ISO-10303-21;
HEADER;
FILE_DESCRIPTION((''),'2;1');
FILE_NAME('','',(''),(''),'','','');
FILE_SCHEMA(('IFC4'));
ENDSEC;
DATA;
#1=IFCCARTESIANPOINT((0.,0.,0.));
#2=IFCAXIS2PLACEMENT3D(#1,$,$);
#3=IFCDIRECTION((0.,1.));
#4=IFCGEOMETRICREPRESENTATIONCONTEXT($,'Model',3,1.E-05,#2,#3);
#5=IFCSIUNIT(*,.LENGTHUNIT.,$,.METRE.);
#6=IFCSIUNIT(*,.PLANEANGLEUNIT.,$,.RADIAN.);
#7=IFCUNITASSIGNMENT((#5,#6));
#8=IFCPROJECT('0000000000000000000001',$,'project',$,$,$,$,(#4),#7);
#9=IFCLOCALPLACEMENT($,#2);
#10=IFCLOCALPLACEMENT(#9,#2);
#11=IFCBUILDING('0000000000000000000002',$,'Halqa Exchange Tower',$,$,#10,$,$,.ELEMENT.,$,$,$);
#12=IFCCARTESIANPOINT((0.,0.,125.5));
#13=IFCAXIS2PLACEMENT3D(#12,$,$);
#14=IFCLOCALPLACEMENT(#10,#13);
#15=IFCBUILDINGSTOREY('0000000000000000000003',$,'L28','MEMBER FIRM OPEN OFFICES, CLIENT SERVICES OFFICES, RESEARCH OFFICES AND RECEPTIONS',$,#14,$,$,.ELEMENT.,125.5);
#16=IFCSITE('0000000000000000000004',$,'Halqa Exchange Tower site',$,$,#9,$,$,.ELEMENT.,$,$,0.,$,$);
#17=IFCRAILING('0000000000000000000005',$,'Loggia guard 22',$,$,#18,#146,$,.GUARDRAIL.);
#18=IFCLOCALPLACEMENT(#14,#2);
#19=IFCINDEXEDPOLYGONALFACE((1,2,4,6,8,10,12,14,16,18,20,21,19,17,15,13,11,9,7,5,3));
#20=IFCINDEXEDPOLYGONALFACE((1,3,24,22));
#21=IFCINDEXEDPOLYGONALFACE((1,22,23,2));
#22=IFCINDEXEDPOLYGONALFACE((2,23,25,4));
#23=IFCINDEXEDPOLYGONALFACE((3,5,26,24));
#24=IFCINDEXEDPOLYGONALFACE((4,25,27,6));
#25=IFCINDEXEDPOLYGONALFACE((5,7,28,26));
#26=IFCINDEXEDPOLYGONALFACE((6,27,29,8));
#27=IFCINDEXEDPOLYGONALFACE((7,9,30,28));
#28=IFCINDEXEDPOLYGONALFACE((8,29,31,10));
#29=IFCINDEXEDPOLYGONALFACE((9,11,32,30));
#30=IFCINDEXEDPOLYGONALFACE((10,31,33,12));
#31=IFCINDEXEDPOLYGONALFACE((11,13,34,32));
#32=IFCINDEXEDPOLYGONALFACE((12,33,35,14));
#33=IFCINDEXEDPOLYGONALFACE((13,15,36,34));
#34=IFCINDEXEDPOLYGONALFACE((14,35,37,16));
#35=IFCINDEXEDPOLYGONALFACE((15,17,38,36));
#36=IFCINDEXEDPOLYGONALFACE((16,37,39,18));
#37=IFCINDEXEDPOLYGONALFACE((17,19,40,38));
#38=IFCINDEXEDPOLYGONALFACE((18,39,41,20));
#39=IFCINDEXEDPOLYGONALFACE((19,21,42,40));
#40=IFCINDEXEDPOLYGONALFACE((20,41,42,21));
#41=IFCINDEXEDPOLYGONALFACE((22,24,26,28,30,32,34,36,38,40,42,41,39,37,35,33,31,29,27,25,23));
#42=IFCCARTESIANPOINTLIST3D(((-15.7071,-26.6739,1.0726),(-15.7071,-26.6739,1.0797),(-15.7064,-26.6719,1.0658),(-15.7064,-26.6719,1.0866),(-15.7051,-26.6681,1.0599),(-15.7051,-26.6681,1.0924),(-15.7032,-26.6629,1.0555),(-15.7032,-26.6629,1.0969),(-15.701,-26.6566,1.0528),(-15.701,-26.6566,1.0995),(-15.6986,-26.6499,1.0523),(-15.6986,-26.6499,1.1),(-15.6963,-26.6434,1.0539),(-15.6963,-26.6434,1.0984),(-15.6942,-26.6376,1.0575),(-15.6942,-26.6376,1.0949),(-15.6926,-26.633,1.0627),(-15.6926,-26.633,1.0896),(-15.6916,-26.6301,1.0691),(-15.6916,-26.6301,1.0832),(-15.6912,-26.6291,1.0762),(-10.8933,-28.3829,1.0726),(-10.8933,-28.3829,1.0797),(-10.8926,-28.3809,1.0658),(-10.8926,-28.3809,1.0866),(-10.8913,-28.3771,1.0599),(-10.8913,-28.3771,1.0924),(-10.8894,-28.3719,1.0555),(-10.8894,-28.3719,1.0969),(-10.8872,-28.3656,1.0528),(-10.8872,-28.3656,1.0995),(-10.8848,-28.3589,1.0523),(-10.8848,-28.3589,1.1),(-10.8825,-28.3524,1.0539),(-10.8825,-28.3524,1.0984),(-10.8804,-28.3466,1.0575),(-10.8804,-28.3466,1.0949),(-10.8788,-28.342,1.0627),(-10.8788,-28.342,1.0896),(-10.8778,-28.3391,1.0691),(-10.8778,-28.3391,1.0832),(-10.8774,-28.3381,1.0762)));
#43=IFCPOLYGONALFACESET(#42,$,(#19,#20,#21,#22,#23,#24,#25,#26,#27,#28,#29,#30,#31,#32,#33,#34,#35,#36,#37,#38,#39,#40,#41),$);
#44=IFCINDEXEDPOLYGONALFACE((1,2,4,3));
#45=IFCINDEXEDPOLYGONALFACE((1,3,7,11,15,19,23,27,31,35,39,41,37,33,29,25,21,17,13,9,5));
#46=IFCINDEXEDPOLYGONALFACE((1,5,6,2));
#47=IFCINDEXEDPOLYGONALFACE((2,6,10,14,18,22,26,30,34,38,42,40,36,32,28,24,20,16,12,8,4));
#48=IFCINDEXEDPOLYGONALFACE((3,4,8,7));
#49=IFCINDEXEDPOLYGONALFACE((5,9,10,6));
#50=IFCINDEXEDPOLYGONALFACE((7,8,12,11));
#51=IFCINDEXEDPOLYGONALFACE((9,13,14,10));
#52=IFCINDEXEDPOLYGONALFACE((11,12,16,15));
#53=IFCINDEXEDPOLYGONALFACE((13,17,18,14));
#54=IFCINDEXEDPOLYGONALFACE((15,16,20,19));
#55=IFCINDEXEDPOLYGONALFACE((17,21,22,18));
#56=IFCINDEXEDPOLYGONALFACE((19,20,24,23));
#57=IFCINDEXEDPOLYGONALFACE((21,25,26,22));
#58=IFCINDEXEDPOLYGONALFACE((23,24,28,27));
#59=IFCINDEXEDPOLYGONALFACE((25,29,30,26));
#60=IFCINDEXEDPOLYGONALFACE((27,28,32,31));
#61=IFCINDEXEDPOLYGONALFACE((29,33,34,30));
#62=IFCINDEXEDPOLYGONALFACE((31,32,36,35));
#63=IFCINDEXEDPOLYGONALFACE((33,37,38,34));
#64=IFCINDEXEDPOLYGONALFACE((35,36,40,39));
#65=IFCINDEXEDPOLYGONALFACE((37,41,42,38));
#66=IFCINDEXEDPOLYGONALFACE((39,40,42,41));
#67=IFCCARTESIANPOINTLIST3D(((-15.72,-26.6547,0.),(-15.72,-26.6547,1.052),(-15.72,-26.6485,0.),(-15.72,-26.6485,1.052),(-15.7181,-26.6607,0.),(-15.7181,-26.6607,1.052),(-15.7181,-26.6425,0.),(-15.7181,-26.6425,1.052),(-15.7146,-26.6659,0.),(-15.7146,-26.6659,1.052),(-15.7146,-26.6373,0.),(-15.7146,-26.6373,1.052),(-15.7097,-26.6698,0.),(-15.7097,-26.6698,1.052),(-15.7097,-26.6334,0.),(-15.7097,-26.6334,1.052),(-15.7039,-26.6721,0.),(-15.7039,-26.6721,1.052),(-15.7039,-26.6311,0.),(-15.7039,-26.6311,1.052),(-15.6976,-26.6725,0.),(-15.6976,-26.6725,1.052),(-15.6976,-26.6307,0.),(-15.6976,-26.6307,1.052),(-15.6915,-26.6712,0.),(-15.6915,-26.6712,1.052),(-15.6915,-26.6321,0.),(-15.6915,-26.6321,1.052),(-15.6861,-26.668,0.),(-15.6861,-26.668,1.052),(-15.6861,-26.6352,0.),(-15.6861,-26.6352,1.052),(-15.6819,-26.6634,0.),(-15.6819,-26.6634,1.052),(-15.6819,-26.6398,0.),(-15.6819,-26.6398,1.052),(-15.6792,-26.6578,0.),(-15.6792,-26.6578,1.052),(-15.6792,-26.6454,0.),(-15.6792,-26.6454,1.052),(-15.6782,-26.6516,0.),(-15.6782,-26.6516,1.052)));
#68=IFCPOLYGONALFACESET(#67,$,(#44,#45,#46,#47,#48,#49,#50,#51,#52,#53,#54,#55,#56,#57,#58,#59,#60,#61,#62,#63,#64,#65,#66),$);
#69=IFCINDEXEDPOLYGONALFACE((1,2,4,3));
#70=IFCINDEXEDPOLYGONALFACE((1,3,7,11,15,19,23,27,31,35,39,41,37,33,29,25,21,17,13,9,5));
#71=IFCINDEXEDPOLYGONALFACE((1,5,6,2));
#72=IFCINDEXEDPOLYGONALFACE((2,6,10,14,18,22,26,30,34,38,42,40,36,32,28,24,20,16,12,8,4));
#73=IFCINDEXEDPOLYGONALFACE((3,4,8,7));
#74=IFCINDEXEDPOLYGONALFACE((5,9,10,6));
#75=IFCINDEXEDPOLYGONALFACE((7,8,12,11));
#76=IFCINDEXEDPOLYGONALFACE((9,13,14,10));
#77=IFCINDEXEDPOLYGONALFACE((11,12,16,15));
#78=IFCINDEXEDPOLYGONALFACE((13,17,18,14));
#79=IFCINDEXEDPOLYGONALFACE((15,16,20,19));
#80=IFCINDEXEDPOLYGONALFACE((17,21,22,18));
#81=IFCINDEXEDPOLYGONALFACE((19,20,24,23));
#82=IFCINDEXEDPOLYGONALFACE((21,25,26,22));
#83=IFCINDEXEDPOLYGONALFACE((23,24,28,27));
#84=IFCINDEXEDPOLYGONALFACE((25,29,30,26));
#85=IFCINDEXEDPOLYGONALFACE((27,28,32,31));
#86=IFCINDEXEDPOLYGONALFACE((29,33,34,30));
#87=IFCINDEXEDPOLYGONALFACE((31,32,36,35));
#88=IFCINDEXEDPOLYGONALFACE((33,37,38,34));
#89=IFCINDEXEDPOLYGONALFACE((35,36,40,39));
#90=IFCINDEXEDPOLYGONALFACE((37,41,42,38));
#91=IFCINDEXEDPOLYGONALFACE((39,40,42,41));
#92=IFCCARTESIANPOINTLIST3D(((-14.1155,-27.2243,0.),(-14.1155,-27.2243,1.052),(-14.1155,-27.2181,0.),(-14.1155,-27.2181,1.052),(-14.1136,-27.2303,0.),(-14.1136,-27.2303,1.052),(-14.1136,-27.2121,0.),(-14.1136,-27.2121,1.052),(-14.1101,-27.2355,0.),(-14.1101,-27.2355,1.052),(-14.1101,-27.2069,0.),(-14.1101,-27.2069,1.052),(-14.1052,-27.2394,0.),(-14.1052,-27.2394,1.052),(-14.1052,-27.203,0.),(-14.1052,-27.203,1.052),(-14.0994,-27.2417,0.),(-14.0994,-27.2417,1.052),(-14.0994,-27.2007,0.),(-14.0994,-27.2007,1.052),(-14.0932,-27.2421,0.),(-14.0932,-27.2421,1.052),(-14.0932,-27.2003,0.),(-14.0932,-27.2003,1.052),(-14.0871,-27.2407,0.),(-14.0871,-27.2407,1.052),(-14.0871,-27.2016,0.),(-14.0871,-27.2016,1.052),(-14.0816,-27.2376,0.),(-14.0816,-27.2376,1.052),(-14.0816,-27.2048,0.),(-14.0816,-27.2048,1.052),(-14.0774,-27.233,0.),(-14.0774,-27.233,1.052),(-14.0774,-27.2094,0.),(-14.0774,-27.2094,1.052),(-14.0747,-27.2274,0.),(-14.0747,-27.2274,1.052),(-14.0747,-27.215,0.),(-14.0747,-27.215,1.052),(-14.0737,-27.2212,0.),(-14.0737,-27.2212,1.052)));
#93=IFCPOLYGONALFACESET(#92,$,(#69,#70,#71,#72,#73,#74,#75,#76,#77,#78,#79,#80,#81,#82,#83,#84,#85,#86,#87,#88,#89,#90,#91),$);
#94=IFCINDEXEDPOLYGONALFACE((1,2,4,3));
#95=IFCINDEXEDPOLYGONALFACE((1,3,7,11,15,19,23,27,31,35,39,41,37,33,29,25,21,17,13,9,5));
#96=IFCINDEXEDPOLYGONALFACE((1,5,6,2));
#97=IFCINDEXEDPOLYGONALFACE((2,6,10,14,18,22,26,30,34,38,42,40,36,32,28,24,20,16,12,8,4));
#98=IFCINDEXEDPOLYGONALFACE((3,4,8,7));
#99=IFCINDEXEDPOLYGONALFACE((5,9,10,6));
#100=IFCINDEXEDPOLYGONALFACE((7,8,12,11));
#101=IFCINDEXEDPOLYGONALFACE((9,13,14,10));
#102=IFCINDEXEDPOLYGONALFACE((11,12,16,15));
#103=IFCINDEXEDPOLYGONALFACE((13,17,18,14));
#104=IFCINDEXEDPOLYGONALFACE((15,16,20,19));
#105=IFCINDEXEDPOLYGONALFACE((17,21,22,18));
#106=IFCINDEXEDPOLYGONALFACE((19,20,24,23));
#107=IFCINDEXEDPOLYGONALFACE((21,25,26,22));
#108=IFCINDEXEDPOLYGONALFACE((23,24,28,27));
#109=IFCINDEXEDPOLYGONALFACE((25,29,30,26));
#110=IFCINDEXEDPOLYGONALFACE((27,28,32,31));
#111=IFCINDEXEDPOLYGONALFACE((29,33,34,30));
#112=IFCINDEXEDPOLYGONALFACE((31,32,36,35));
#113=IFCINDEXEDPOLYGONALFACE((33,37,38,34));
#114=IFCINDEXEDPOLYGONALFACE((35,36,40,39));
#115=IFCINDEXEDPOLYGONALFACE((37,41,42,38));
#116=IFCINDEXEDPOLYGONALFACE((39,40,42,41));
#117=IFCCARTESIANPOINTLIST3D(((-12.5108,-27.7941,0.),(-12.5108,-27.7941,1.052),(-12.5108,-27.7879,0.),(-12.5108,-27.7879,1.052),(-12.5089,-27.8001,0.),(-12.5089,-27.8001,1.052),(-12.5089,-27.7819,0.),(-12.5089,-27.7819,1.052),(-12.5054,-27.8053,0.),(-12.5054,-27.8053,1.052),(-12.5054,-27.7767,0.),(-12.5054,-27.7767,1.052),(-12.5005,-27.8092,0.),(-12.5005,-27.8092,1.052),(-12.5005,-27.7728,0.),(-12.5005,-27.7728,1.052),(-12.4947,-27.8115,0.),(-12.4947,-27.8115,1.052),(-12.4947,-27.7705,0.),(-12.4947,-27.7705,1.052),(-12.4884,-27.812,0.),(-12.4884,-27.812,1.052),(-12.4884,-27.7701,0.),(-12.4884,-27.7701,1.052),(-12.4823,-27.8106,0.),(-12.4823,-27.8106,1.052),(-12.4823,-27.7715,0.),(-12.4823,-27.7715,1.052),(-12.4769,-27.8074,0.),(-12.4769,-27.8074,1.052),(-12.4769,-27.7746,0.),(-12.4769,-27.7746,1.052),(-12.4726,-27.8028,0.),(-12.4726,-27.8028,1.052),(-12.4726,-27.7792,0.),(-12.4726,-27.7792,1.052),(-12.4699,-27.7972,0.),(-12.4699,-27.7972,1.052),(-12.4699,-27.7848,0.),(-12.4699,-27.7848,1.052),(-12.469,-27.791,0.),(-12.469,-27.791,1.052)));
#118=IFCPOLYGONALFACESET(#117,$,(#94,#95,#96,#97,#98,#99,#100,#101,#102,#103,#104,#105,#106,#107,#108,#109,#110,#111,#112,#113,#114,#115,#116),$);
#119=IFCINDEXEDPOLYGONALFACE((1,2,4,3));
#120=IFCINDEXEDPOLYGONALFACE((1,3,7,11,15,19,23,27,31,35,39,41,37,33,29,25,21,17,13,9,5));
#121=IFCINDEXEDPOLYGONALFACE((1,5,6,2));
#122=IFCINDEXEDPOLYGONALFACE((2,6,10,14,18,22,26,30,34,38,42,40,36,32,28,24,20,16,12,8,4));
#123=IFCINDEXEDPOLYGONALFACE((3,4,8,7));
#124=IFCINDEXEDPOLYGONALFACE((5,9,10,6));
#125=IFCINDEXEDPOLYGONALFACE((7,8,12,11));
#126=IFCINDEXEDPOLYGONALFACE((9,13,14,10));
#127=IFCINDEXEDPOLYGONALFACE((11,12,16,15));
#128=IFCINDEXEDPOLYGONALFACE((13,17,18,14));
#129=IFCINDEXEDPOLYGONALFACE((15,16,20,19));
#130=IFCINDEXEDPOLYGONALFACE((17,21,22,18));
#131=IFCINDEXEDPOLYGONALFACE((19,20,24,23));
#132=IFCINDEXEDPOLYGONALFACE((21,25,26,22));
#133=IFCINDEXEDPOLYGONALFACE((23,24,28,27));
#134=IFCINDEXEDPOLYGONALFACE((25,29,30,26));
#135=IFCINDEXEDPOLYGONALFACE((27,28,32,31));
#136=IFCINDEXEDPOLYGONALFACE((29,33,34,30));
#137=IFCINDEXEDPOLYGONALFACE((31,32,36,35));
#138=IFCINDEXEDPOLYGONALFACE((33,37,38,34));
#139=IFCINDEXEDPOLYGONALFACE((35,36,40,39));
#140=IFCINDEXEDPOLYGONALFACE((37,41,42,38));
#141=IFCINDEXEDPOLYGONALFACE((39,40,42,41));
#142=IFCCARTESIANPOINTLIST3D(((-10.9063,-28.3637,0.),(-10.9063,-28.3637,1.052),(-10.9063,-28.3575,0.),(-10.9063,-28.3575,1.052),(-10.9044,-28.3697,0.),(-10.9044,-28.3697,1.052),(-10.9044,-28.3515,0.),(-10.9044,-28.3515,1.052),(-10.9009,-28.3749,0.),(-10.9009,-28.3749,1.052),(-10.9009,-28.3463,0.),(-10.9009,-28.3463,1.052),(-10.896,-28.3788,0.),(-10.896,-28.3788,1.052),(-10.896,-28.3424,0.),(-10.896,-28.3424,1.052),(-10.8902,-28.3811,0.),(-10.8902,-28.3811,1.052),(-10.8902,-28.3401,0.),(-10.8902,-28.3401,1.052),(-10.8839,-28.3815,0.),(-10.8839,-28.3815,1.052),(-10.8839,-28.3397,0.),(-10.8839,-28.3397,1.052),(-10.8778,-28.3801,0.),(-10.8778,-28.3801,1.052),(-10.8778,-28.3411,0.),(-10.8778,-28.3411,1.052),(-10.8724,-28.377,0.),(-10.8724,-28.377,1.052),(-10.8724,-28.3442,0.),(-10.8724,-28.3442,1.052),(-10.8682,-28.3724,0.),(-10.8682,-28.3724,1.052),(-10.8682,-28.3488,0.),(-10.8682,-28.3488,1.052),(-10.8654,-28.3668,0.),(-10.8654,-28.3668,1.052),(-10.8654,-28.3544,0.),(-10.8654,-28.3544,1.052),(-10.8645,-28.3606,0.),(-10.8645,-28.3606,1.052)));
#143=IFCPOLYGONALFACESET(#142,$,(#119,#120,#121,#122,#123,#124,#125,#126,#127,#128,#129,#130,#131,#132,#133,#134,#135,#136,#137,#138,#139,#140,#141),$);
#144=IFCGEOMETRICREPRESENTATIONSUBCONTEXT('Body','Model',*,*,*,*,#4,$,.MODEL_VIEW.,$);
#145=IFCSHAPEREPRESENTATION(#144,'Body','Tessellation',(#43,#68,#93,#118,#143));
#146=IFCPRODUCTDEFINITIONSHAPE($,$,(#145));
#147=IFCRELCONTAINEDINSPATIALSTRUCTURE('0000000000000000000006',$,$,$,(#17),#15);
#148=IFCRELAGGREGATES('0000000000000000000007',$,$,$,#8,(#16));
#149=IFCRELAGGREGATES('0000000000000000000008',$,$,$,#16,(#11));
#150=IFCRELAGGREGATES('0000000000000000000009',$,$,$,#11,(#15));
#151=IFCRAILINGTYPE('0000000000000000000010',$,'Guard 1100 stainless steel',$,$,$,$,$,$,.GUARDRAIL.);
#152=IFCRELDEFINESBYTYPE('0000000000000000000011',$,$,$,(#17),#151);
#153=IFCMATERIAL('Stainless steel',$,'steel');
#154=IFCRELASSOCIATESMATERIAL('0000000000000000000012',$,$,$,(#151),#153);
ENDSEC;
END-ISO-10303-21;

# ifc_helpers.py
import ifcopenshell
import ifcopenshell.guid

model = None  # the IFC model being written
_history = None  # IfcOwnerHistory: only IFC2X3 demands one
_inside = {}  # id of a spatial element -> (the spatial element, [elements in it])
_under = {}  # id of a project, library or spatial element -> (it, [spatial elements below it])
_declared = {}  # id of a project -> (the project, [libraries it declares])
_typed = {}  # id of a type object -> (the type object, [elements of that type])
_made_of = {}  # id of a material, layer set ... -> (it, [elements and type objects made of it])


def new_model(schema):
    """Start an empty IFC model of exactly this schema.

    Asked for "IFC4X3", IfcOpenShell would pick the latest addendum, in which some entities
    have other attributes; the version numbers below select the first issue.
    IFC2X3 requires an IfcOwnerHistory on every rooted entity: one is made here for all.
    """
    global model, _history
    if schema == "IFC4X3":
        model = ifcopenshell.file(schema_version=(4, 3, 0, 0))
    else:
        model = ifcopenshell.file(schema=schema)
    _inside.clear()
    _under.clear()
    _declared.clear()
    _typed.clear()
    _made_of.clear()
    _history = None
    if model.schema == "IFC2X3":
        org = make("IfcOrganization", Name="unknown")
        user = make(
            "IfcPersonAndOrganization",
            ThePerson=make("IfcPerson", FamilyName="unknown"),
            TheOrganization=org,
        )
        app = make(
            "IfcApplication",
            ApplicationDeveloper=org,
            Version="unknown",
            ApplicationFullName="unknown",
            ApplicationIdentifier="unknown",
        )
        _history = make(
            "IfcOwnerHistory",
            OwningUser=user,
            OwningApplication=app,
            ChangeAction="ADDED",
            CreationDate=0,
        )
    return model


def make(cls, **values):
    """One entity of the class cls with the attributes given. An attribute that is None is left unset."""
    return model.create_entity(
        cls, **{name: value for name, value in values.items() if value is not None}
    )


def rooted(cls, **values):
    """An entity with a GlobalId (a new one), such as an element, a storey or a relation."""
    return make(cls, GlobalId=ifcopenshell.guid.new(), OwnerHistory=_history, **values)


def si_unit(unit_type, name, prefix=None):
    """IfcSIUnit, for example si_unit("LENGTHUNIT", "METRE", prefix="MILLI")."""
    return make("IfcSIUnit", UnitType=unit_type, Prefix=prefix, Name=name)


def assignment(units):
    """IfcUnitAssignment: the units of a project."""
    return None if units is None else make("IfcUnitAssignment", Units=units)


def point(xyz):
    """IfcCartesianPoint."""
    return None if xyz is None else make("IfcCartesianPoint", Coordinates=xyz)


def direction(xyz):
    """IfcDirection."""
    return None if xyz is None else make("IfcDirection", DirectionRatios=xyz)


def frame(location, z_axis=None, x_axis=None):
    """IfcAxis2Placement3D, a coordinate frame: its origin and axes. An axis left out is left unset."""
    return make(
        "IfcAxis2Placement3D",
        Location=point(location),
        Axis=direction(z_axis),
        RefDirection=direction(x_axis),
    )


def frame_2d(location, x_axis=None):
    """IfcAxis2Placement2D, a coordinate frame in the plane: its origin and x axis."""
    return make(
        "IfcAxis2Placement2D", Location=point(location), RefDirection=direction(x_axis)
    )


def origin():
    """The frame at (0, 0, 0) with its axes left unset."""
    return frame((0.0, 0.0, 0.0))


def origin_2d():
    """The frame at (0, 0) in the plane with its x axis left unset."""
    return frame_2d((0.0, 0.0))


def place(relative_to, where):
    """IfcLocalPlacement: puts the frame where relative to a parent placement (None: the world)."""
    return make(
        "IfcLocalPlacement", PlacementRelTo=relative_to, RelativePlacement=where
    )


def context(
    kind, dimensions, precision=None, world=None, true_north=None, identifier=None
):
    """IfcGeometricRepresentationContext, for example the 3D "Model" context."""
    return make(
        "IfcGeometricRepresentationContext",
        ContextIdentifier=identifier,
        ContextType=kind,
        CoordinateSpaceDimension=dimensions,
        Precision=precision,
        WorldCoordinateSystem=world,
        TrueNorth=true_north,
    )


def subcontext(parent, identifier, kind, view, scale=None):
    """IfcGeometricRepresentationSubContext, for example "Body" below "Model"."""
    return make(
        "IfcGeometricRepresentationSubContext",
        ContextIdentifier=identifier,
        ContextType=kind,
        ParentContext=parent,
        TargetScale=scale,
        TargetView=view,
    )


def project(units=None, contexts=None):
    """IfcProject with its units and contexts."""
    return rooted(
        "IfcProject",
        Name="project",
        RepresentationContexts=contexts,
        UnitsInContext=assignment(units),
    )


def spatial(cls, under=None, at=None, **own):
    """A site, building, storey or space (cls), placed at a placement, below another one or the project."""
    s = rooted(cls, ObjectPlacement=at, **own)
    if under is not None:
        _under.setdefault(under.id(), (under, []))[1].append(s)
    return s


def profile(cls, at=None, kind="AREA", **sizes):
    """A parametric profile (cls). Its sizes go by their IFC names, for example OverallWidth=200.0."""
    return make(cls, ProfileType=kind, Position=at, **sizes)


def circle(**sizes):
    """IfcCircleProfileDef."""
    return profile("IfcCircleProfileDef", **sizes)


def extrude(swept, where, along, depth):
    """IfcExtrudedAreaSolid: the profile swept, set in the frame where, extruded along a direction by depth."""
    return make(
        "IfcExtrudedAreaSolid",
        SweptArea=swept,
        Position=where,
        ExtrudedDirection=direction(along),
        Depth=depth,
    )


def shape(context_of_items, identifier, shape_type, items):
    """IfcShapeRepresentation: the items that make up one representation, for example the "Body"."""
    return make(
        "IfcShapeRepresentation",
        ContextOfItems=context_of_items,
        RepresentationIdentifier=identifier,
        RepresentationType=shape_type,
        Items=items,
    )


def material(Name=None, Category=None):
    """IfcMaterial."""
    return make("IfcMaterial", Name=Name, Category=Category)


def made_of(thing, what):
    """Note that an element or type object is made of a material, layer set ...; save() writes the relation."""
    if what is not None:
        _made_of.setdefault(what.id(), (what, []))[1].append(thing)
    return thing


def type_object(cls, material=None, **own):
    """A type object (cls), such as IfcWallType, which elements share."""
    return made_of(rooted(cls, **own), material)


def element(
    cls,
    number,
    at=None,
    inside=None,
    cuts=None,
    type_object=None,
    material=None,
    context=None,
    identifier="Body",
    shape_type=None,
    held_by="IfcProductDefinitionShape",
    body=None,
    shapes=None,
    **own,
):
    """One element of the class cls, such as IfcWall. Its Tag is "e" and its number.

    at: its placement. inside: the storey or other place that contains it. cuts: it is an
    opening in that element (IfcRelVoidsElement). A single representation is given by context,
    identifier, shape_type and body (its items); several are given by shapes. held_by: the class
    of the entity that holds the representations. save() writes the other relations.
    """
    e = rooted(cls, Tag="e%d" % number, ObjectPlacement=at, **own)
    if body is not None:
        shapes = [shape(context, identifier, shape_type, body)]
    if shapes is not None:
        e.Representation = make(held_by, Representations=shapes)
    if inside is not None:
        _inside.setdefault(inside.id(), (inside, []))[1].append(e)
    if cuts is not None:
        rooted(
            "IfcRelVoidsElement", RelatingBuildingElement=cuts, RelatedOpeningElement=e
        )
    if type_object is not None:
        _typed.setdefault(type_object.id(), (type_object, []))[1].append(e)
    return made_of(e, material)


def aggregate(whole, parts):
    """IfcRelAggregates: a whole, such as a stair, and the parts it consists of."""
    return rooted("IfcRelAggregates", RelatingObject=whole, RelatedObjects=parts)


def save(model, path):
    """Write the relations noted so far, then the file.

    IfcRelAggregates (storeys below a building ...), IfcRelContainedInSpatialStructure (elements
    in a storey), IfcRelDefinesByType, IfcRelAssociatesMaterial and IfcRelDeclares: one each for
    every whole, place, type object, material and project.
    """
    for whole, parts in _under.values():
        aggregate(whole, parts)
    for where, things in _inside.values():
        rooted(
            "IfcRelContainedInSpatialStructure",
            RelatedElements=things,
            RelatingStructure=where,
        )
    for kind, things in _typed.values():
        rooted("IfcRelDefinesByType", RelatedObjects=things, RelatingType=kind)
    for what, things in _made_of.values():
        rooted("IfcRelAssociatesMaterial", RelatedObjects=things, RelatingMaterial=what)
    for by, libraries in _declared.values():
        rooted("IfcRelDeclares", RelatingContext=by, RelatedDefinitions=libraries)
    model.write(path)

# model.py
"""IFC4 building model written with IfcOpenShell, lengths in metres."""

from ifc_helpers import new_model, si_unit, direction, frame, origin, origin_2d, place, context, subcontext, project, spatial, circle, extrude, material, type_object, element, save


model = new_model("IFC4")

# Units and contexts
model_context = context("Model", 3, precision=1e-05, world=origin(), true_north=direction((0.0, 1.0)))
body_context = subcontext(model_context, "Body", "Model", "MODEL_VIEW")
ifc_project = project(units=[si_unit("LENGTHUNIT", "METRE"), si_unit("PLANEANGLEUNIT", "RADIAN")], contexts=[model_context])

# Site, building, storey
site_placement = place(None, origin())
site = spatial("IfcSite", under=ifc_project, at=site_placement, Name="Halqa Exchange Tower site", CompositionType="ELEMENT", RefElevation=0.0)
building_placement = place(site_placement, origin())
building = spatial("IfcBuilding", under=site, at=building_placement, Name="Halqa Exchange Tower", CompositionType="ELEMENT")
storey_placement = place(building_placement, frame((0.0, 0.0, 125.5)))
storey = spatial("IfcBuildingStorey", under=building, at=storey_placement, Name="L28", Description="MEMBER FIRM OPEN OFFICES, CLIENT SERVICES OFFICES, RESEARCH OFFICES AND RECEPTIONS", CompositionType="ELEMENT", Elevation=125.5)

# Railing
ifc_material_1 = material(Name="Stainless steel", Category="steel")
railing_type = type_object("IfcRailingType", Name="Guard 1100 stainless steel", PredefinedType="GUARDRAIL", material=ifc_material_1)
railing_1_placement = place(storey_placement, frame((-15.6992, -26.6516, 0.0)))
element("IfcRailing", 1, at=railing_1_placement, inside=storey, type_object=railing_type, Name="Loggia guard 22", PredefinedType="GUARDRAIL", context=body_context, shape_type="SweptSolid", body=[
    extrude(circle(Radius=0.0239, at=origin_2d()), frame((0.0, 0.0, 1.0762), z_axis=(0.942373, -0.334565, 0.0), x_axis=(0.334565, 0.942373, 0.0)), (0.0, 0.0, 1.0), 5.1082),
    extrude(circle(Radius=0.021, at=origin_2d()), origin(), (0.0, 0.0, 1.0), 1.052),
    extrude(circle(Radius=0.021, at=origin_2d()), frame((1.6045, -0.5696, 0.0)), (0.0, 0.0, 1.0), 1.052),
    extrude(circle(Radius=0.021, at=origin_2d()), frame((3.2092, -1.1394, 0.0)), (0.0, 0.0, 1.0), 1.052),
    extrude(circle(Radius=0.021, at=origin_2d()), frame((4.8137, -1.709, 0.0)), (0.0, 0.0, 1.0), 1.052),
])

save(model, "model.ifc")
